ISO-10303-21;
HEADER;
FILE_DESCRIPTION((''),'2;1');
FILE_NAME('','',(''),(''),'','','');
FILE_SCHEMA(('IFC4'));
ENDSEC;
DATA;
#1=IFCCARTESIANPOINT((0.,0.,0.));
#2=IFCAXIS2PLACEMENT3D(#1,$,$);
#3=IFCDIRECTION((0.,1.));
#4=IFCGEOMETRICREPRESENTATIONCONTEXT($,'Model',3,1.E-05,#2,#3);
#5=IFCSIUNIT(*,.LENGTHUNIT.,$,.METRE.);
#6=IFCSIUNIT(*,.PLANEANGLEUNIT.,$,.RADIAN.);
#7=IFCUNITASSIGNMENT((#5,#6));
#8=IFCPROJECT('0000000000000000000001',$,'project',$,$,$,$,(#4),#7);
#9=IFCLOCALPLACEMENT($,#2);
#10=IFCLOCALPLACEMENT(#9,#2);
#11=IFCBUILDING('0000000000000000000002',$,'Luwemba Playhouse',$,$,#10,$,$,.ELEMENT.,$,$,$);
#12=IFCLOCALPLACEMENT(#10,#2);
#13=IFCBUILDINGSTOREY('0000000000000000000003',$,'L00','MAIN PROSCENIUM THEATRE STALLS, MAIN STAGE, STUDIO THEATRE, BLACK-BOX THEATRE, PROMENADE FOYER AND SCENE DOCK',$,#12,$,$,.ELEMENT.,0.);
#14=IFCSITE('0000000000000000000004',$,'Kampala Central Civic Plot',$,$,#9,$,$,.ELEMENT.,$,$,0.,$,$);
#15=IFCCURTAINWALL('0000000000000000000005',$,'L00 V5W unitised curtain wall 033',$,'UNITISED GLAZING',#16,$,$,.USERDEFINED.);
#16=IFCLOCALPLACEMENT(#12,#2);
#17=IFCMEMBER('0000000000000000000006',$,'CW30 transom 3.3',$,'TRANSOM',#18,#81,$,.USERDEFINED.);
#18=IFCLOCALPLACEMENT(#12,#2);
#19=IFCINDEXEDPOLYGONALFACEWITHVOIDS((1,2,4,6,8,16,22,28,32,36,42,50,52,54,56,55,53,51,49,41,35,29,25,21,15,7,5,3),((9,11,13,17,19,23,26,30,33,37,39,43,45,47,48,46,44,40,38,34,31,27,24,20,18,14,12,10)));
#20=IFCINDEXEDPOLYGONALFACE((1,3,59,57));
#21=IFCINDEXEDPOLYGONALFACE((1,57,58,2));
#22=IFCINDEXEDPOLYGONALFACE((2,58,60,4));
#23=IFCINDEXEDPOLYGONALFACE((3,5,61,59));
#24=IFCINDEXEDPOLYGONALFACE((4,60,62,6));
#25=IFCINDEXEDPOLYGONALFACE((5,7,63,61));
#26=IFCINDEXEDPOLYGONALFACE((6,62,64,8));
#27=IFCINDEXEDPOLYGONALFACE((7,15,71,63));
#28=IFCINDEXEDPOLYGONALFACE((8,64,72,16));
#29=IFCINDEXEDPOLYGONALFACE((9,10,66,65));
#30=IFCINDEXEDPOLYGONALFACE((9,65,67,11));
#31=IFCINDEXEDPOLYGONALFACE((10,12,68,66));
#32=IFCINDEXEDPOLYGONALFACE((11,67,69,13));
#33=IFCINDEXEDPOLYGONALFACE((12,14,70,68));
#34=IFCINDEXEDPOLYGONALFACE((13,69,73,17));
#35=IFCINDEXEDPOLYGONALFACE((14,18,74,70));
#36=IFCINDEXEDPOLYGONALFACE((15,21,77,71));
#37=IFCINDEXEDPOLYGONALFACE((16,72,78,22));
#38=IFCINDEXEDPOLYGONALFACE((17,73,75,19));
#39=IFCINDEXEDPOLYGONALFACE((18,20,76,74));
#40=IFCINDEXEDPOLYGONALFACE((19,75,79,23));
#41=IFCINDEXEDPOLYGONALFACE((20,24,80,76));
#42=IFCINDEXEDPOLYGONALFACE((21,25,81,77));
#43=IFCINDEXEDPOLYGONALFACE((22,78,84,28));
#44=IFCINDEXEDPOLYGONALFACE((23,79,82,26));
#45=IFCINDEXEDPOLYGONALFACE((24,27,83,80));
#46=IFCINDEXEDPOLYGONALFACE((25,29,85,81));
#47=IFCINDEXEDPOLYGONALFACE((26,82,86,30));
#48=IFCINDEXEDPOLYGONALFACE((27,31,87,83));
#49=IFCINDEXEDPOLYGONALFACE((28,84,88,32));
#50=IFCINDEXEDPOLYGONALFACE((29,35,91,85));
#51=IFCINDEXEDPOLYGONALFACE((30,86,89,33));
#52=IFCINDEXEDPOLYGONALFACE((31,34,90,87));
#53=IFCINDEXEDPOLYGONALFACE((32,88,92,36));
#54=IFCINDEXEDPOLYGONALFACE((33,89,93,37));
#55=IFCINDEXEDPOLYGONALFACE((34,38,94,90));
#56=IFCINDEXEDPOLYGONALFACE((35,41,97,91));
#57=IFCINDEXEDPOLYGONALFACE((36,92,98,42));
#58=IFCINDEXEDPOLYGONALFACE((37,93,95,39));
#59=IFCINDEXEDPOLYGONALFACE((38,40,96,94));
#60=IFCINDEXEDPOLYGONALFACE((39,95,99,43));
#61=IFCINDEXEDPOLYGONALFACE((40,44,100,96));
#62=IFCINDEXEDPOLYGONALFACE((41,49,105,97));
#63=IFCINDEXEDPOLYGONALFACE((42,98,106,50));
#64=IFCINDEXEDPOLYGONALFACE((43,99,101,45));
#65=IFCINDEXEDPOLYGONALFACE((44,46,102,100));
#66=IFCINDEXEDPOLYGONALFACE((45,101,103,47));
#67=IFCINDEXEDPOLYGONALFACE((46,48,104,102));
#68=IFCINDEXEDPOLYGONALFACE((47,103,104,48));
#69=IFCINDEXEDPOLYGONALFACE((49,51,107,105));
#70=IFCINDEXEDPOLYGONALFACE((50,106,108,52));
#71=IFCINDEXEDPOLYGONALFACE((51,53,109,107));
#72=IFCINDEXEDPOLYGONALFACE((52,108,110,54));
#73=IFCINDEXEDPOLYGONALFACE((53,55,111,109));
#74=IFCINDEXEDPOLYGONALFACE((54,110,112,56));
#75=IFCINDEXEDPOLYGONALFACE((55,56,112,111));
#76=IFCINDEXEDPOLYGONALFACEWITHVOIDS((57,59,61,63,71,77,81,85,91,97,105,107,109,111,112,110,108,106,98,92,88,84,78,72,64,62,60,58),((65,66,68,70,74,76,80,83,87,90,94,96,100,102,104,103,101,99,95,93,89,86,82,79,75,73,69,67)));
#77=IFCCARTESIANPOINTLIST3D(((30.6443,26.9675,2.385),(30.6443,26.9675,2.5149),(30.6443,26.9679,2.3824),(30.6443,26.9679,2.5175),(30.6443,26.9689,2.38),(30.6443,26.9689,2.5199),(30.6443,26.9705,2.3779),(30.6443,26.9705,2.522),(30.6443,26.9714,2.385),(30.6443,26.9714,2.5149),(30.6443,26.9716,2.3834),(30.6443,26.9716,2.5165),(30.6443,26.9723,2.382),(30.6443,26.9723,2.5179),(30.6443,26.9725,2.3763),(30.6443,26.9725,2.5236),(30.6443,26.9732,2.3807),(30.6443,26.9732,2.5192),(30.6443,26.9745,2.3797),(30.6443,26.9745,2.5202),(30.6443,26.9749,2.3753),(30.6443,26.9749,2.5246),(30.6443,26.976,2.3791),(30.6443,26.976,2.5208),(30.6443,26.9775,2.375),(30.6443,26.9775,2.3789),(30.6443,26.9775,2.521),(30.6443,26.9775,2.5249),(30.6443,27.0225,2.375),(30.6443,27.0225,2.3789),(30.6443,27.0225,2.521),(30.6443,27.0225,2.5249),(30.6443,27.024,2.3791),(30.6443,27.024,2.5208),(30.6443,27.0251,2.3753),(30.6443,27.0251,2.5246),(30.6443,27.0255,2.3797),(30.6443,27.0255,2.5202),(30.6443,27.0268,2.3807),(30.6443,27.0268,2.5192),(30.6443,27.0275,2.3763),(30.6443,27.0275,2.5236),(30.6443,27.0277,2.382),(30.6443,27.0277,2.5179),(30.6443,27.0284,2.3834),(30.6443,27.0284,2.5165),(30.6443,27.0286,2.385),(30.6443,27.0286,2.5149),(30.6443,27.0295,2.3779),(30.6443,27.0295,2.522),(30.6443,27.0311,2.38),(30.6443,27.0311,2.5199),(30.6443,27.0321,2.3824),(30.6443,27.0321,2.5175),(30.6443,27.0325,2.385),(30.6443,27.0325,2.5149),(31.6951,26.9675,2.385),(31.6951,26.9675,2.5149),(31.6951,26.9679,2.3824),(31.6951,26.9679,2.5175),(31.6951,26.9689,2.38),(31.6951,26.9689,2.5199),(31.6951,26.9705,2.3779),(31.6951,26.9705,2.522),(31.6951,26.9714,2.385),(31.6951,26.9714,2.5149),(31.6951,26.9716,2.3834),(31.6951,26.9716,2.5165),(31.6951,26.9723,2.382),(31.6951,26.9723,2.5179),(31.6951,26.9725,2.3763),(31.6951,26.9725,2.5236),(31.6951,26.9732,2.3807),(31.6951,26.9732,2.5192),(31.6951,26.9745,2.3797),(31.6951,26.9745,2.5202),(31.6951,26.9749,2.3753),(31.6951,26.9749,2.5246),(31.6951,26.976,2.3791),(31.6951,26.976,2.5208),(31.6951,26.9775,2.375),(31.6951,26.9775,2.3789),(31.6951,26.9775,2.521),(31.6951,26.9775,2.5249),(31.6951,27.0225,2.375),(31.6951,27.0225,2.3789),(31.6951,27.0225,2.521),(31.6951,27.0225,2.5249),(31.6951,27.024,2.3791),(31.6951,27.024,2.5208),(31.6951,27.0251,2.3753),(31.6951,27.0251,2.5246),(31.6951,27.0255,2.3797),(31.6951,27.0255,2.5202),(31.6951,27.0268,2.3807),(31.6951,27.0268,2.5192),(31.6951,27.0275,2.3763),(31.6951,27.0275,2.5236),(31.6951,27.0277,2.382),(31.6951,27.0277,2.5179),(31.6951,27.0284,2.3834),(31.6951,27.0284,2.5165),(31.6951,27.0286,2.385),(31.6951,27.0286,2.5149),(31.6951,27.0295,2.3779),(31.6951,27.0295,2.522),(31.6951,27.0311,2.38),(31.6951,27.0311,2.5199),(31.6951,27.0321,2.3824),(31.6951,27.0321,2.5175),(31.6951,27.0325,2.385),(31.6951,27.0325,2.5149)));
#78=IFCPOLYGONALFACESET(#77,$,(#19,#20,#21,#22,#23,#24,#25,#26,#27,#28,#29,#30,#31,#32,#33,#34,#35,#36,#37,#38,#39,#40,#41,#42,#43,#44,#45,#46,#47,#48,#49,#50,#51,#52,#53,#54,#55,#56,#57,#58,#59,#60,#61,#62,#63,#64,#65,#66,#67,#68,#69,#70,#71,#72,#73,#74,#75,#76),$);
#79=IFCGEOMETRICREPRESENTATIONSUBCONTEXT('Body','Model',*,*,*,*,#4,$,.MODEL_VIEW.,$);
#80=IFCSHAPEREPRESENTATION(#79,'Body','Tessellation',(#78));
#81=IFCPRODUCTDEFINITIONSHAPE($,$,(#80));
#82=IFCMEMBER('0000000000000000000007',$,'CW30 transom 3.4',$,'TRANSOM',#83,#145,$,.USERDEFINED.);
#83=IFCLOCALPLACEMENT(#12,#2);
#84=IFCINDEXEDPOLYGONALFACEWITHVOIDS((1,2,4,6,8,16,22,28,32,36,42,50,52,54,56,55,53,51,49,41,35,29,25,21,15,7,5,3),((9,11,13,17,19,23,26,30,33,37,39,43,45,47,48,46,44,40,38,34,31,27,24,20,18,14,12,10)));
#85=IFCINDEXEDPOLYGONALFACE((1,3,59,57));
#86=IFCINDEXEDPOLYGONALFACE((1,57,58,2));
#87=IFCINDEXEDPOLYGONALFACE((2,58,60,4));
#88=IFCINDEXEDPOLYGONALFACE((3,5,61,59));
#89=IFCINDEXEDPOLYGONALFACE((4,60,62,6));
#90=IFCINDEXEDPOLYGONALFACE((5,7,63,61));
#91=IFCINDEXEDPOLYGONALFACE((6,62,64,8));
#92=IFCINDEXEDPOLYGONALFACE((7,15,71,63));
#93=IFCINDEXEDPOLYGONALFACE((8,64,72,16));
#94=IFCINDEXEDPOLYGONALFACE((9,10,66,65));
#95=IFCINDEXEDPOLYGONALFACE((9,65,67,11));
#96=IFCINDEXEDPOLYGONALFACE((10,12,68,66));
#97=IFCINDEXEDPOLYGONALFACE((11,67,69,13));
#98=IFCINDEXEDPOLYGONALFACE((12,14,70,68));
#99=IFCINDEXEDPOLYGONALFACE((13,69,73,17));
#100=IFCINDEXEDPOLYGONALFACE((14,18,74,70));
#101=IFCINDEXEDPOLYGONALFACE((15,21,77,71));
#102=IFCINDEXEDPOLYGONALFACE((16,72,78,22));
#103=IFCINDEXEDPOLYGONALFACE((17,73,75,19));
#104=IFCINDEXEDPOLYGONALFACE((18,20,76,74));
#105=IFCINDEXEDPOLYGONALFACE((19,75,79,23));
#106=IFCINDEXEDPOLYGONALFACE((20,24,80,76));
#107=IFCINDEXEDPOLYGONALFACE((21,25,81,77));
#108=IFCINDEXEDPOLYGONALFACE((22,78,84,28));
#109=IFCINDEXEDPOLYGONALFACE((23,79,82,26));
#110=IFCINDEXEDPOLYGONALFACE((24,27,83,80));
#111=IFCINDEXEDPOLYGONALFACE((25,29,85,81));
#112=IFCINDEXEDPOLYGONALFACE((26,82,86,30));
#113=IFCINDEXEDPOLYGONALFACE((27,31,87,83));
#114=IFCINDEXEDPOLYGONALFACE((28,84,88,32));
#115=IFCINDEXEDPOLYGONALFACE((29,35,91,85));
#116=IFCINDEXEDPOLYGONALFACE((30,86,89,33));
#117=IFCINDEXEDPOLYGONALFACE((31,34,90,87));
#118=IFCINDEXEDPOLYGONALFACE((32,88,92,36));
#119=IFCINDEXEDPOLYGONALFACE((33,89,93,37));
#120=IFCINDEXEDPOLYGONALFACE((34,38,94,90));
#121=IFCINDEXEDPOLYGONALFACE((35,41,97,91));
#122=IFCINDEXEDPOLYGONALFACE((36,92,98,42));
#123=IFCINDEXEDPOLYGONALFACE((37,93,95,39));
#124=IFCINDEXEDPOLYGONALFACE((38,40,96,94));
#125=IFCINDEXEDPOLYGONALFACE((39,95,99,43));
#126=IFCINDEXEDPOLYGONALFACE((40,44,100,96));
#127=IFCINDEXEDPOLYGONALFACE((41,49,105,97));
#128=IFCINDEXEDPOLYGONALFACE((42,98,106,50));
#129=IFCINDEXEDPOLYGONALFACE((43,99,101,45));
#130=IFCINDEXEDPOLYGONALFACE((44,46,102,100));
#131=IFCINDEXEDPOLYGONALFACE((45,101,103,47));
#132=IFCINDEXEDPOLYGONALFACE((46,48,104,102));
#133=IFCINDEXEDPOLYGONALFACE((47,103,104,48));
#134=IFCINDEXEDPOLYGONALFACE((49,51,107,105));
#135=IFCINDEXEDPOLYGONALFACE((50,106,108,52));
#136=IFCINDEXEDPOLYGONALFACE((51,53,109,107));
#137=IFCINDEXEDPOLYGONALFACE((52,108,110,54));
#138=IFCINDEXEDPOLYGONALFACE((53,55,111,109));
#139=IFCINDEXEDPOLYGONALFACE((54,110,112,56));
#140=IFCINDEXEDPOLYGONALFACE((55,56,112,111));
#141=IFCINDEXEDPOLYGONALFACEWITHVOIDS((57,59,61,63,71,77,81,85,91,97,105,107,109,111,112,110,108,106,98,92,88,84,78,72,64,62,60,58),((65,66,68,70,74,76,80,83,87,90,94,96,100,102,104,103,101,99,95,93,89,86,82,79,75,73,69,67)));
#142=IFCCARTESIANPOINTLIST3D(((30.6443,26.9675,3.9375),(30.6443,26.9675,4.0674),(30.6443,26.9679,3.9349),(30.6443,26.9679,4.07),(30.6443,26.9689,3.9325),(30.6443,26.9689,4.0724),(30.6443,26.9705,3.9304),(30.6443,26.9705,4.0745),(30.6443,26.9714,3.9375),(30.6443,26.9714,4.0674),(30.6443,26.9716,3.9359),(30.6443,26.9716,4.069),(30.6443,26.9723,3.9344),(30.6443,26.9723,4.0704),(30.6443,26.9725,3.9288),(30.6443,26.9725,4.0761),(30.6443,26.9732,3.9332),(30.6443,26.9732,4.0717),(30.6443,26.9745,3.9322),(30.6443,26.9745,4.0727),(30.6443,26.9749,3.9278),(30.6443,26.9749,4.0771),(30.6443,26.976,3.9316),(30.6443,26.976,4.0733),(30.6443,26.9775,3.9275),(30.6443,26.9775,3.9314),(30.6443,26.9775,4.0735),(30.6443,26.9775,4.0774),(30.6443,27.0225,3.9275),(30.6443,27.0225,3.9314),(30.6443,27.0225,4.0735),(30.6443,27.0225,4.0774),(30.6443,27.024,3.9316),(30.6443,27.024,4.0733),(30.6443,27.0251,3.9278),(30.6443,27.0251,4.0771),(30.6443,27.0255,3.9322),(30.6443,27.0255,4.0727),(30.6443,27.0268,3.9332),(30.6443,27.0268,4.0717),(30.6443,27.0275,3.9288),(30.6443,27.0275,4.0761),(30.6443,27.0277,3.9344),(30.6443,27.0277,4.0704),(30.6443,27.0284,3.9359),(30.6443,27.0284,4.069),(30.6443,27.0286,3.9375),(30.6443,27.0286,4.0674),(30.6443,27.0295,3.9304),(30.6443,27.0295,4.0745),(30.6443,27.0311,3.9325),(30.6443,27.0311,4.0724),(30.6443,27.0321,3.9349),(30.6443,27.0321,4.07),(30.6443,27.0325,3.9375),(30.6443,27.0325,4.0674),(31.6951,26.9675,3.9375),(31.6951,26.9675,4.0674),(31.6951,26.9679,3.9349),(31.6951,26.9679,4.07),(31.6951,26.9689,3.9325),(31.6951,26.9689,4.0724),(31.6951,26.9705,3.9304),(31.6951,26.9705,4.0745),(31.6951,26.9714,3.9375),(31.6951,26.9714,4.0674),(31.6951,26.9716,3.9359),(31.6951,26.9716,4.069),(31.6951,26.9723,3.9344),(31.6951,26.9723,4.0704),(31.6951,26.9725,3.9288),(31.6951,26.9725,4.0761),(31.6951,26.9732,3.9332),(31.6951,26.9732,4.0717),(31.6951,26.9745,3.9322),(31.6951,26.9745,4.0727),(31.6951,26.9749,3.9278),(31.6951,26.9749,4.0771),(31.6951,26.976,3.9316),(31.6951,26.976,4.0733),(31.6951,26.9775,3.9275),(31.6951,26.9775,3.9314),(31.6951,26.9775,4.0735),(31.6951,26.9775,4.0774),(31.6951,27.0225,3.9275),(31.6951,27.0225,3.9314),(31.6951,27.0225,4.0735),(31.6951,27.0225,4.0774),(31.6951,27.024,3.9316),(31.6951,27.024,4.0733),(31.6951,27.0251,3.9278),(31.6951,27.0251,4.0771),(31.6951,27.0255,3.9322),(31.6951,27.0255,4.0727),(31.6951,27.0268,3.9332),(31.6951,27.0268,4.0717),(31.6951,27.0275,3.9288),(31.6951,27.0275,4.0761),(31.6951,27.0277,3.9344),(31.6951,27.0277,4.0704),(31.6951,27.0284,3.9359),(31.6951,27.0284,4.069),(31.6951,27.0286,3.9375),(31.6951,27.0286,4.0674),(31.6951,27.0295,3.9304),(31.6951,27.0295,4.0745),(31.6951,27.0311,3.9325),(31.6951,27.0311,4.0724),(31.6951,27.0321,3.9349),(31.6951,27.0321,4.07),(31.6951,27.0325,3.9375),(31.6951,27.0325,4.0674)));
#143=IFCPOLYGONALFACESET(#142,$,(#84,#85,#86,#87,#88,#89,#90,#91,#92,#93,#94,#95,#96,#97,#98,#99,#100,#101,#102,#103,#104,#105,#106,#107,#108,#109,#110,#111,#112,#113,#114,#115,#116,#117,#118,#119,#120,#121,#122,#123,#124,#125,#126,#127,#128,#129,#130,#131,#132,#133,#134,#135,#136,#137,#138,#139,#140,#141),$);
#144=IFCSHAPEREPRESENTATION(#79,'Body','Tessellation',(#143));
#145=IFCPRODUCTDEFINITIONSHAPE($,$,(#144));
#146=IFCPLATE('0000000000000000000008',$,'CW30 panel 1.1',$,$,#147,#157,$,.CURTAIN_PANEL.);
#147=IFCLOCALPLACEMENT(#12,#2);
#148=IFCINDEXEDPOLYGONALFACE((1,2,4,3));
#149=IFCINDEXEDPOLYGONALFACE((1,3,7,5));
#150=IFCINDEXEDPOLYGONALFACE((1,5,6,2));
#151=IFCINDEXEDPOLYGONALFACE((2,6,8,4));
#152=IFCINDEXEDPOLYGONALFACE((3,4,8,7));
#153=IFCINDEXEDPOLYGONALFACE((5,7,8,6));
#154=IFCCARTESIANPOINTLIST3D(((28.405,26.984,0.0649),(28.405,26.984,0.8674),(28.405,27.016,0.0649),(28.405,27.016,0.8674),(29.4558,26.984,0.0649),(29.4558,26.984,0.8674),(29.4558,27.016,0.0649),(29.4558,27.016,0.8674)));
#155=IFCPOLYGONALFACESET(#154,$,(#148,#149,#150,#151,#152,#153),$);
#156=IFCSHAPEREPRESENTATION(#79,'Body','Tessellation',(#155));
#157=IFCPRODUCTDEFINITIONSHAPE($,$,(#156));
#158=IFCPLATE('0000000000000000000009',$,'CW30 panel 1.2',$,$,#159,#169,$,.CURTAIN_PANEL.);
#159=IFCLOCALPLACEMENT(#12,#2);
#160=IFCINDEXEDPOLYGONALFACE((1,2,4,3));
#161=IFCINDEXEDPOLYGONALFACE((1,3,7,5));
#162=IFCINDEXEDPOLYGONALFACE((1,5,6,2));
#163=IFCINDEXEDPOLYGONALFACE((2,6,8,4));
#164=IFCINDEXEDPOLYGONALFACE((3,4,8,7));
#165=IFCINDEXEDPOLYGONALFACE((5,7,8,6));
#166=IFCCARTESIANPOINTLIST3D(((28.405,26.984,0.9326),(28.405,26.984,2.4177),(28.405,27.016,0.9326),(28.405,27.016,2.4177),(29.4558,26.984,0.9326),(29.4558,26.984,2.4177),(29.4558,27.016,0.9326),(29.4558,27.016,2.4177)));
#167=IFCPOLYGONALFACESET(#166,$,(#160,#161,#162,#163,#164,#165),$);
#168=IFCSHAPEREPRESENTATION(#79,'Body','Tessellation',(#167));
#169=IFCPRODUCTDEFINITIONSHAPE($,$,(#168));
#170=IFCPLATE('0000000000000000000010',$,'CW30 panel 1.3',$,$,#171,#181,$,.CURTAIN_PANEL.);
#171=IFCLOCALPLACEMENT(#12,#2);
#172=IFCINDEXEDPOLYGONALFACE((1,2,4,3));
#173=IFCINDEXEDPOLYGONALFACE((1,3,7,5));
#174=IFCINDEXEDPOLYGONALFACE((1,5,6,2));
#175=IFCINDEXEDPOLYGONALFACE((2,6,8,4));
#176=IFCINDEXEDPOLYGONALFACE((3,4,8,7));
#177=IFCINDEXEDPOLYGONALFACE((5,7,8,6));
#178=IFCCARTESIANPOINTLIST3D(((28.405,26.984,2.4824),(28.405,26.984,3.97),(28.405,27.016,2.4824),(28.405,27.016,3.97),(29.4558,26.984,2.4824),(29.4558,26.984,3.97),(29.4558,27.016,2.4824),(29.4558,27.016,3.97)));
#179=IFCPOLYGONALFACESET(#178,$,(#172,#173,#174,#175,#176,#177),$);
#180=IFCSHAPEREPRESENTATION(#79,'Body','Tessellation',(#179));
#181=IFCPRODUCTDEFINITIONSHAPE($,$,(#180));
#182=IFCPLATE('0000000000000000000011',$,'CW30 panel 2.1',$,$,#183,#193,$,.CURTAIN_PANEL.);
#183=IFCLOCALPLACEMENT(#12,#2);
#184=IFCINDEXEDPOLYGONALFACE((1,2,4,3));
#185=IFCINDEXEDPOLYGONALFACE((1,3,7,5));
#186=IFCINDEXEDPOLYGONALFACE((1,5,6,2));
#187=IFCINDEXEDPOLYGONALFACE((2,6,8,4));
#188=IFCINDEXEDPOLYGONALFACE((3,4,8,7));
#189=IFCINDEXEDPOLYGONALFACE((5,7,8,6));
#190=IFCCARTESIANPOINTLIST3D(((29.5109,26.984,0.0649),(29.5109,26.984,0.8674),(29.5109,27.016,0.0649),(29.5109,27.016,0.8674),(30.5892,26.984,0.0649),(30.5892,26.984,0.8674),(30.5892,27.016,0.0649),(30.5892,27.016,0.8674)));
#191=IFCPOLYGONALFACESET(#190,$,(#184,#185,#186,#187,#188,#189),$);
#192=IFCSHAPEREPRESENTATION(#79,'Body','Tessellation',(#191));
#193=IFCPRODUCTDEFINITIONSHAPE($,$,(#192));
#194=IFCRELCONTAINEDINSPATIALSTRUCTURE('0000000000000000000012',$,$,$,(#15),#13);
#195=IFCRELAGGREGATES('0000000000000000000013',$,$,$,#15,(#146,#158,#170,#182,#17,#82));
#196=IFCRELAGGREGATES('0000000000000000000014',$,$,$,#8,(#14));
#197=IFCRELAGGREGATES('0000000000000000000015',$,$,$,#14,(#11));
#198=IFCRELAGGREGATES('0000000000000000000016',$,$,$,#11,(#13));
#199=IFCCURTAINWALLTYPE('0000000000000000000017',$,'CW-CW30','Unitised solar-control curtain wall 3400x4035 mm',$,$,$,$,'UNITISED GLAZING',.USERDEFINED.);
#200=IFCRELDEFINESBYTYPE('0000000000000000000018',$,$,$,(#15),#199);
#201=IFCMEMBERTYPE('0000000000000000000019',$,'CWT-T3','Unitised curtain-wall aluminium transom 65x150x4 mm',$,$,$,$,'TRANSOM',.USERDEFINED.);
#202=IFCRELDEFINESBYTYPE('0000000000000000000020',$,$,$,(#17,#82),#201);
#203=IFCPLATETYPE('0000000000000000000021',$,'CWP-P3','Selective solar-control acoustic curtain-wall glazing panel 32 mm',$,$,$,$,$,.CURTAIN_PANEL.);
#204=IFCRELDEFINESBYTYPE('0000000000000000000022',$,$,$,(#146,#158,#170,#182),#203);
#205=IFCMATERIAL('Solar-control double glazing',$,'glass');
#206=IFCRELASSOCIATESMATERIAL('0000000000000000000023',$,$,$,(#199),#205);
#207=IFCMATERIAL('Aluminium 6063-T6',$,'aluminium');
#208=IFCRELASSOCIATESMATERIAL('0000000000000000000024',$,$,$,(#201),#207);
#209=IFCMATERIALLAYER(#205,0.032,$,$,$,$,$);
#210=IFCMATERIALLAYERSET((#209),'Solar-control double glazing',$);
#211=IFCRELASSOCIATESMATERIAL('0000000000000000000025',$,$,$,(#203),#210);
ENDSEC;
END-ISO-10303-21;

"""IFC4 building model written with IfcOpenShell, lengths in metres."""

from ifc_helpers import new_model, si_unit, direction, frame, origin, origin_2d, place, context, subcontext, project, spatial, rectangle, hollow_rectangle, extrude, material, layer, layer_set, material_profile, profile_set, type_object, element, aggregate, save


model = new_model("IFC4")

# Units and contexts
model_context = context("Model", 3, precision=1e-05, world=origin(), true_north=direction((0.0, 1.0)))
body_context = subcontext(model_context, "Body", "Model", "MODEL_VIEW")
ifc_project = project(units=[si_unit("LENGTHUNIT", "METRE"), si_unit("PLANEANGLEUNIT", "RADIAN")], contexts=[model_context])

# Site, building, storey
site_placement = place(None, origin())
site = spatial("IfcSite", under=ifc_project, at=site_placement, Name="Kampala Central Civic Plot", CompositionType="ELEMENT", RefElevation=0.0)
building_placement = place(site_placement, origin())
building = spatial("IfcBuilding", under=site, at=building_placement, Name="Luwemba Playhouse", CompositionType="ELEMENT")
storey_placement = place(building_placement, origin())
storey = spatial("IfcBuildingStorey", under=building, at=storey_placement, Name="L00", Description="MAIN PROSCENIUM THEATRE STALLS, MAIN STAGE, STUDIO THEATRE, BLACK-BOX THEATRE, PROMENADE FOYER AND SCENE DOCK", CompositionType="ELEMENT", Elevation=0.0)

# Curtain wall, members, plates
ifc_material_1 = material(Name="Solar-control double glazing", Category="glass")
curtain_wall_type = type_object("IfcCurtainWallType", Name="CW-CW30", Description="Unitised solar-control curtain wall 3400x4035 mm", ElementType="UNITISED GLAZING", PredefinedType="USERDEFINED", material=ifc_material_1)
curtain_wall_placement = place(storey_placement, origin())
curtain_wall = element("IfcCurtainWall", 1, at=curtain_wall_placement, inside=storey, type_object=curtain_wall_type, Name="L00 V5W unitised curtain wall 033", ObjectType="UNITISED GLAZING", PredefinedType="USERDEFINED")
ifc_material_2 = material(Name="Aluminium 6063-T6", Category="aluminium")
ifc_material_profile_1 = material_profile(ifc_material_2, hollow_rectangle(XDim=0.0649, YDim=0.1499, WallThickness=0.0039, InnerFilletRadius=0.0061, OuterFilletRadius=0.01, at=origin_2d()))
ifc_profile_set_1 = profile_set([ifc_material_profile_1], Name="Aluminium 6063-T6")
member_type_1 = type_object("IfcMemberType", Name="CWT-T3", Description="Unitised curtain-wall aluminium transom 65x150x4 mm", ElementType="TRANSOM", PredefinedType="USERDEFINED", material=ifc_profile_set_1)
member_1_placement = place(storey_placement, frame((30.6443, 27.0, 2.45), z_axis=(1.0, 0.0, 0.0), x_axis=(0.0, 1.0, 0.0)))
member_1 = element("IfcMember", 2, at=member_1_placement, type_object=member_type_1, Name="CW30 transom 3.3", ObjectType="TRANSOM", PredefinedType="USERDEFINED", context=body_context, shape_type="SweptSolid", body=[
    extrude(hollow_rectangle(XDim=0.0649, YDim=0.1499, WallThickness=0.0039, InnerFilletRadius=0.0061, OuterFilletRadius=0.01, at=origin_2d()), origin(), (0.0, 0.0, 1.0), 1.0508),
])
member_2_placement = place(storey_placement, frame((30.6443, 27.0, 4.0024), z_axis=(1.0, 0.0, 0.0), x_axis=(0.0, 1.0, 0.0)))
member_2 = element("IfcMember", 3, at=member_2_placement, type_object=member_type_1, Name="CW30 transom 3.4", ObjectType="TRANSOM", PredefinedType="USERDEFINED", context=body_context, shape_type="SweptSolid", body=[
    extrude(hollow_rectangle(XDim=0.0649, YDim=0.1499, WallThickness=0.0039, InnerFilletRadius=0.0061, OuterFilletRadius=0.01, at=origin_2d()), origin(), (0.0, 0.0, 1.0), 1.0508),
])
ifc_layer = layer(ifc_material_1, 0.032)
ifc_layer_set = layer_set([ifc_layer], Name="Solar-control double glazing")
plate_type = type_object("IfcPlateType", Name="CWP-P3", Description="Selective solar-control acoustic curtain-wall glazing panel 32 mm", PredefinedType="CURTAIN_PANEL", material=ifc_layer_set)
plate_1_placement = place(storey_placement, frame((28.9304, 27.0, 0.0649), z_axis=(0.0, 0.0, 1.0), x_axis=(1.0, 0.0, 0.0)))
plate_1 = element("IfcPlate", 4, at=plate_1_placement, type_object=plate_type, Name="CW30 panel 1.1", PredefinedType="CURTAIN_PANEL", context=body_context, shape_type="SweptSolid", body=[
    extrude(rectangle(XDim=1.0508, YDim=0.032, at=origin_2d()), origin(), (0.0, 0.0, 1.0), 0.8025),
])
plate_2_placement = place(storey_placement, frame((28.9304, 27.0, 0.9326), z_axis=(0.0, 0.0, 1.0), x_axis=(1.0, 0.0, 0.0)))
plate_2 = element("IfcPlate", 5, at=plate_2_placement, type_object=plate_type, Name="CW30 panel 1.2", PredefinedType="CURTAIN_PANEL", context=body_context, shape_type="SweptSolid", body=[
    extrude(rectangle(XDim=1.0508, YDim=0.032, at=origin_2d()), origin(), (0.0, 0.0, 1.0), 1.4851),
])
plate_3_placement = place(storey_placement, frame((28.9304, 27.0, 2.4824), z_axis=(0.0, 0.0, 1.0), x_axis=(1.0, 0.0, 0.0)))
plate_3 = element("IfcPlate", 6, at=plate_3_placement, type_object=plate_type, Name="CW30 panel 1.3", PredefinedType="CURTAIN_PANEL", context=body_context, shape_type="SweptSolid", body=[
    extrude(rectangle(XDim=1.0508, YDim=0.032, at=origin_2d()), origin(), (0.0, 0.0, 1.0), 1.4875),
])
plate_4_placement = place(storey_placement, frame((30.05, 27.0, 0.0649), z_axis=(0.0, 0.0, 1.0), x_axis=(1.0, 0.0, 0.0)))
plate_4 = element("IfcPlate", 7, at=plate_4_placement, type_object=plate_type, Name="CW30 panel 2.1", PredefinedType="CURTAIN_PANEL", context=body_context, shape_type="SweptSolid", body=[
    extrude(rectangle(XDim=1.0784, YDim=0.032, at=origin_2d()), origin(), (0.0, 0.0, 1.0), 0.8025),
])
aggregate(curtain_wall, [plate_1, plate_2, plate_3, plate_4, member_1, member_2])

save(model, "model.ifc")
